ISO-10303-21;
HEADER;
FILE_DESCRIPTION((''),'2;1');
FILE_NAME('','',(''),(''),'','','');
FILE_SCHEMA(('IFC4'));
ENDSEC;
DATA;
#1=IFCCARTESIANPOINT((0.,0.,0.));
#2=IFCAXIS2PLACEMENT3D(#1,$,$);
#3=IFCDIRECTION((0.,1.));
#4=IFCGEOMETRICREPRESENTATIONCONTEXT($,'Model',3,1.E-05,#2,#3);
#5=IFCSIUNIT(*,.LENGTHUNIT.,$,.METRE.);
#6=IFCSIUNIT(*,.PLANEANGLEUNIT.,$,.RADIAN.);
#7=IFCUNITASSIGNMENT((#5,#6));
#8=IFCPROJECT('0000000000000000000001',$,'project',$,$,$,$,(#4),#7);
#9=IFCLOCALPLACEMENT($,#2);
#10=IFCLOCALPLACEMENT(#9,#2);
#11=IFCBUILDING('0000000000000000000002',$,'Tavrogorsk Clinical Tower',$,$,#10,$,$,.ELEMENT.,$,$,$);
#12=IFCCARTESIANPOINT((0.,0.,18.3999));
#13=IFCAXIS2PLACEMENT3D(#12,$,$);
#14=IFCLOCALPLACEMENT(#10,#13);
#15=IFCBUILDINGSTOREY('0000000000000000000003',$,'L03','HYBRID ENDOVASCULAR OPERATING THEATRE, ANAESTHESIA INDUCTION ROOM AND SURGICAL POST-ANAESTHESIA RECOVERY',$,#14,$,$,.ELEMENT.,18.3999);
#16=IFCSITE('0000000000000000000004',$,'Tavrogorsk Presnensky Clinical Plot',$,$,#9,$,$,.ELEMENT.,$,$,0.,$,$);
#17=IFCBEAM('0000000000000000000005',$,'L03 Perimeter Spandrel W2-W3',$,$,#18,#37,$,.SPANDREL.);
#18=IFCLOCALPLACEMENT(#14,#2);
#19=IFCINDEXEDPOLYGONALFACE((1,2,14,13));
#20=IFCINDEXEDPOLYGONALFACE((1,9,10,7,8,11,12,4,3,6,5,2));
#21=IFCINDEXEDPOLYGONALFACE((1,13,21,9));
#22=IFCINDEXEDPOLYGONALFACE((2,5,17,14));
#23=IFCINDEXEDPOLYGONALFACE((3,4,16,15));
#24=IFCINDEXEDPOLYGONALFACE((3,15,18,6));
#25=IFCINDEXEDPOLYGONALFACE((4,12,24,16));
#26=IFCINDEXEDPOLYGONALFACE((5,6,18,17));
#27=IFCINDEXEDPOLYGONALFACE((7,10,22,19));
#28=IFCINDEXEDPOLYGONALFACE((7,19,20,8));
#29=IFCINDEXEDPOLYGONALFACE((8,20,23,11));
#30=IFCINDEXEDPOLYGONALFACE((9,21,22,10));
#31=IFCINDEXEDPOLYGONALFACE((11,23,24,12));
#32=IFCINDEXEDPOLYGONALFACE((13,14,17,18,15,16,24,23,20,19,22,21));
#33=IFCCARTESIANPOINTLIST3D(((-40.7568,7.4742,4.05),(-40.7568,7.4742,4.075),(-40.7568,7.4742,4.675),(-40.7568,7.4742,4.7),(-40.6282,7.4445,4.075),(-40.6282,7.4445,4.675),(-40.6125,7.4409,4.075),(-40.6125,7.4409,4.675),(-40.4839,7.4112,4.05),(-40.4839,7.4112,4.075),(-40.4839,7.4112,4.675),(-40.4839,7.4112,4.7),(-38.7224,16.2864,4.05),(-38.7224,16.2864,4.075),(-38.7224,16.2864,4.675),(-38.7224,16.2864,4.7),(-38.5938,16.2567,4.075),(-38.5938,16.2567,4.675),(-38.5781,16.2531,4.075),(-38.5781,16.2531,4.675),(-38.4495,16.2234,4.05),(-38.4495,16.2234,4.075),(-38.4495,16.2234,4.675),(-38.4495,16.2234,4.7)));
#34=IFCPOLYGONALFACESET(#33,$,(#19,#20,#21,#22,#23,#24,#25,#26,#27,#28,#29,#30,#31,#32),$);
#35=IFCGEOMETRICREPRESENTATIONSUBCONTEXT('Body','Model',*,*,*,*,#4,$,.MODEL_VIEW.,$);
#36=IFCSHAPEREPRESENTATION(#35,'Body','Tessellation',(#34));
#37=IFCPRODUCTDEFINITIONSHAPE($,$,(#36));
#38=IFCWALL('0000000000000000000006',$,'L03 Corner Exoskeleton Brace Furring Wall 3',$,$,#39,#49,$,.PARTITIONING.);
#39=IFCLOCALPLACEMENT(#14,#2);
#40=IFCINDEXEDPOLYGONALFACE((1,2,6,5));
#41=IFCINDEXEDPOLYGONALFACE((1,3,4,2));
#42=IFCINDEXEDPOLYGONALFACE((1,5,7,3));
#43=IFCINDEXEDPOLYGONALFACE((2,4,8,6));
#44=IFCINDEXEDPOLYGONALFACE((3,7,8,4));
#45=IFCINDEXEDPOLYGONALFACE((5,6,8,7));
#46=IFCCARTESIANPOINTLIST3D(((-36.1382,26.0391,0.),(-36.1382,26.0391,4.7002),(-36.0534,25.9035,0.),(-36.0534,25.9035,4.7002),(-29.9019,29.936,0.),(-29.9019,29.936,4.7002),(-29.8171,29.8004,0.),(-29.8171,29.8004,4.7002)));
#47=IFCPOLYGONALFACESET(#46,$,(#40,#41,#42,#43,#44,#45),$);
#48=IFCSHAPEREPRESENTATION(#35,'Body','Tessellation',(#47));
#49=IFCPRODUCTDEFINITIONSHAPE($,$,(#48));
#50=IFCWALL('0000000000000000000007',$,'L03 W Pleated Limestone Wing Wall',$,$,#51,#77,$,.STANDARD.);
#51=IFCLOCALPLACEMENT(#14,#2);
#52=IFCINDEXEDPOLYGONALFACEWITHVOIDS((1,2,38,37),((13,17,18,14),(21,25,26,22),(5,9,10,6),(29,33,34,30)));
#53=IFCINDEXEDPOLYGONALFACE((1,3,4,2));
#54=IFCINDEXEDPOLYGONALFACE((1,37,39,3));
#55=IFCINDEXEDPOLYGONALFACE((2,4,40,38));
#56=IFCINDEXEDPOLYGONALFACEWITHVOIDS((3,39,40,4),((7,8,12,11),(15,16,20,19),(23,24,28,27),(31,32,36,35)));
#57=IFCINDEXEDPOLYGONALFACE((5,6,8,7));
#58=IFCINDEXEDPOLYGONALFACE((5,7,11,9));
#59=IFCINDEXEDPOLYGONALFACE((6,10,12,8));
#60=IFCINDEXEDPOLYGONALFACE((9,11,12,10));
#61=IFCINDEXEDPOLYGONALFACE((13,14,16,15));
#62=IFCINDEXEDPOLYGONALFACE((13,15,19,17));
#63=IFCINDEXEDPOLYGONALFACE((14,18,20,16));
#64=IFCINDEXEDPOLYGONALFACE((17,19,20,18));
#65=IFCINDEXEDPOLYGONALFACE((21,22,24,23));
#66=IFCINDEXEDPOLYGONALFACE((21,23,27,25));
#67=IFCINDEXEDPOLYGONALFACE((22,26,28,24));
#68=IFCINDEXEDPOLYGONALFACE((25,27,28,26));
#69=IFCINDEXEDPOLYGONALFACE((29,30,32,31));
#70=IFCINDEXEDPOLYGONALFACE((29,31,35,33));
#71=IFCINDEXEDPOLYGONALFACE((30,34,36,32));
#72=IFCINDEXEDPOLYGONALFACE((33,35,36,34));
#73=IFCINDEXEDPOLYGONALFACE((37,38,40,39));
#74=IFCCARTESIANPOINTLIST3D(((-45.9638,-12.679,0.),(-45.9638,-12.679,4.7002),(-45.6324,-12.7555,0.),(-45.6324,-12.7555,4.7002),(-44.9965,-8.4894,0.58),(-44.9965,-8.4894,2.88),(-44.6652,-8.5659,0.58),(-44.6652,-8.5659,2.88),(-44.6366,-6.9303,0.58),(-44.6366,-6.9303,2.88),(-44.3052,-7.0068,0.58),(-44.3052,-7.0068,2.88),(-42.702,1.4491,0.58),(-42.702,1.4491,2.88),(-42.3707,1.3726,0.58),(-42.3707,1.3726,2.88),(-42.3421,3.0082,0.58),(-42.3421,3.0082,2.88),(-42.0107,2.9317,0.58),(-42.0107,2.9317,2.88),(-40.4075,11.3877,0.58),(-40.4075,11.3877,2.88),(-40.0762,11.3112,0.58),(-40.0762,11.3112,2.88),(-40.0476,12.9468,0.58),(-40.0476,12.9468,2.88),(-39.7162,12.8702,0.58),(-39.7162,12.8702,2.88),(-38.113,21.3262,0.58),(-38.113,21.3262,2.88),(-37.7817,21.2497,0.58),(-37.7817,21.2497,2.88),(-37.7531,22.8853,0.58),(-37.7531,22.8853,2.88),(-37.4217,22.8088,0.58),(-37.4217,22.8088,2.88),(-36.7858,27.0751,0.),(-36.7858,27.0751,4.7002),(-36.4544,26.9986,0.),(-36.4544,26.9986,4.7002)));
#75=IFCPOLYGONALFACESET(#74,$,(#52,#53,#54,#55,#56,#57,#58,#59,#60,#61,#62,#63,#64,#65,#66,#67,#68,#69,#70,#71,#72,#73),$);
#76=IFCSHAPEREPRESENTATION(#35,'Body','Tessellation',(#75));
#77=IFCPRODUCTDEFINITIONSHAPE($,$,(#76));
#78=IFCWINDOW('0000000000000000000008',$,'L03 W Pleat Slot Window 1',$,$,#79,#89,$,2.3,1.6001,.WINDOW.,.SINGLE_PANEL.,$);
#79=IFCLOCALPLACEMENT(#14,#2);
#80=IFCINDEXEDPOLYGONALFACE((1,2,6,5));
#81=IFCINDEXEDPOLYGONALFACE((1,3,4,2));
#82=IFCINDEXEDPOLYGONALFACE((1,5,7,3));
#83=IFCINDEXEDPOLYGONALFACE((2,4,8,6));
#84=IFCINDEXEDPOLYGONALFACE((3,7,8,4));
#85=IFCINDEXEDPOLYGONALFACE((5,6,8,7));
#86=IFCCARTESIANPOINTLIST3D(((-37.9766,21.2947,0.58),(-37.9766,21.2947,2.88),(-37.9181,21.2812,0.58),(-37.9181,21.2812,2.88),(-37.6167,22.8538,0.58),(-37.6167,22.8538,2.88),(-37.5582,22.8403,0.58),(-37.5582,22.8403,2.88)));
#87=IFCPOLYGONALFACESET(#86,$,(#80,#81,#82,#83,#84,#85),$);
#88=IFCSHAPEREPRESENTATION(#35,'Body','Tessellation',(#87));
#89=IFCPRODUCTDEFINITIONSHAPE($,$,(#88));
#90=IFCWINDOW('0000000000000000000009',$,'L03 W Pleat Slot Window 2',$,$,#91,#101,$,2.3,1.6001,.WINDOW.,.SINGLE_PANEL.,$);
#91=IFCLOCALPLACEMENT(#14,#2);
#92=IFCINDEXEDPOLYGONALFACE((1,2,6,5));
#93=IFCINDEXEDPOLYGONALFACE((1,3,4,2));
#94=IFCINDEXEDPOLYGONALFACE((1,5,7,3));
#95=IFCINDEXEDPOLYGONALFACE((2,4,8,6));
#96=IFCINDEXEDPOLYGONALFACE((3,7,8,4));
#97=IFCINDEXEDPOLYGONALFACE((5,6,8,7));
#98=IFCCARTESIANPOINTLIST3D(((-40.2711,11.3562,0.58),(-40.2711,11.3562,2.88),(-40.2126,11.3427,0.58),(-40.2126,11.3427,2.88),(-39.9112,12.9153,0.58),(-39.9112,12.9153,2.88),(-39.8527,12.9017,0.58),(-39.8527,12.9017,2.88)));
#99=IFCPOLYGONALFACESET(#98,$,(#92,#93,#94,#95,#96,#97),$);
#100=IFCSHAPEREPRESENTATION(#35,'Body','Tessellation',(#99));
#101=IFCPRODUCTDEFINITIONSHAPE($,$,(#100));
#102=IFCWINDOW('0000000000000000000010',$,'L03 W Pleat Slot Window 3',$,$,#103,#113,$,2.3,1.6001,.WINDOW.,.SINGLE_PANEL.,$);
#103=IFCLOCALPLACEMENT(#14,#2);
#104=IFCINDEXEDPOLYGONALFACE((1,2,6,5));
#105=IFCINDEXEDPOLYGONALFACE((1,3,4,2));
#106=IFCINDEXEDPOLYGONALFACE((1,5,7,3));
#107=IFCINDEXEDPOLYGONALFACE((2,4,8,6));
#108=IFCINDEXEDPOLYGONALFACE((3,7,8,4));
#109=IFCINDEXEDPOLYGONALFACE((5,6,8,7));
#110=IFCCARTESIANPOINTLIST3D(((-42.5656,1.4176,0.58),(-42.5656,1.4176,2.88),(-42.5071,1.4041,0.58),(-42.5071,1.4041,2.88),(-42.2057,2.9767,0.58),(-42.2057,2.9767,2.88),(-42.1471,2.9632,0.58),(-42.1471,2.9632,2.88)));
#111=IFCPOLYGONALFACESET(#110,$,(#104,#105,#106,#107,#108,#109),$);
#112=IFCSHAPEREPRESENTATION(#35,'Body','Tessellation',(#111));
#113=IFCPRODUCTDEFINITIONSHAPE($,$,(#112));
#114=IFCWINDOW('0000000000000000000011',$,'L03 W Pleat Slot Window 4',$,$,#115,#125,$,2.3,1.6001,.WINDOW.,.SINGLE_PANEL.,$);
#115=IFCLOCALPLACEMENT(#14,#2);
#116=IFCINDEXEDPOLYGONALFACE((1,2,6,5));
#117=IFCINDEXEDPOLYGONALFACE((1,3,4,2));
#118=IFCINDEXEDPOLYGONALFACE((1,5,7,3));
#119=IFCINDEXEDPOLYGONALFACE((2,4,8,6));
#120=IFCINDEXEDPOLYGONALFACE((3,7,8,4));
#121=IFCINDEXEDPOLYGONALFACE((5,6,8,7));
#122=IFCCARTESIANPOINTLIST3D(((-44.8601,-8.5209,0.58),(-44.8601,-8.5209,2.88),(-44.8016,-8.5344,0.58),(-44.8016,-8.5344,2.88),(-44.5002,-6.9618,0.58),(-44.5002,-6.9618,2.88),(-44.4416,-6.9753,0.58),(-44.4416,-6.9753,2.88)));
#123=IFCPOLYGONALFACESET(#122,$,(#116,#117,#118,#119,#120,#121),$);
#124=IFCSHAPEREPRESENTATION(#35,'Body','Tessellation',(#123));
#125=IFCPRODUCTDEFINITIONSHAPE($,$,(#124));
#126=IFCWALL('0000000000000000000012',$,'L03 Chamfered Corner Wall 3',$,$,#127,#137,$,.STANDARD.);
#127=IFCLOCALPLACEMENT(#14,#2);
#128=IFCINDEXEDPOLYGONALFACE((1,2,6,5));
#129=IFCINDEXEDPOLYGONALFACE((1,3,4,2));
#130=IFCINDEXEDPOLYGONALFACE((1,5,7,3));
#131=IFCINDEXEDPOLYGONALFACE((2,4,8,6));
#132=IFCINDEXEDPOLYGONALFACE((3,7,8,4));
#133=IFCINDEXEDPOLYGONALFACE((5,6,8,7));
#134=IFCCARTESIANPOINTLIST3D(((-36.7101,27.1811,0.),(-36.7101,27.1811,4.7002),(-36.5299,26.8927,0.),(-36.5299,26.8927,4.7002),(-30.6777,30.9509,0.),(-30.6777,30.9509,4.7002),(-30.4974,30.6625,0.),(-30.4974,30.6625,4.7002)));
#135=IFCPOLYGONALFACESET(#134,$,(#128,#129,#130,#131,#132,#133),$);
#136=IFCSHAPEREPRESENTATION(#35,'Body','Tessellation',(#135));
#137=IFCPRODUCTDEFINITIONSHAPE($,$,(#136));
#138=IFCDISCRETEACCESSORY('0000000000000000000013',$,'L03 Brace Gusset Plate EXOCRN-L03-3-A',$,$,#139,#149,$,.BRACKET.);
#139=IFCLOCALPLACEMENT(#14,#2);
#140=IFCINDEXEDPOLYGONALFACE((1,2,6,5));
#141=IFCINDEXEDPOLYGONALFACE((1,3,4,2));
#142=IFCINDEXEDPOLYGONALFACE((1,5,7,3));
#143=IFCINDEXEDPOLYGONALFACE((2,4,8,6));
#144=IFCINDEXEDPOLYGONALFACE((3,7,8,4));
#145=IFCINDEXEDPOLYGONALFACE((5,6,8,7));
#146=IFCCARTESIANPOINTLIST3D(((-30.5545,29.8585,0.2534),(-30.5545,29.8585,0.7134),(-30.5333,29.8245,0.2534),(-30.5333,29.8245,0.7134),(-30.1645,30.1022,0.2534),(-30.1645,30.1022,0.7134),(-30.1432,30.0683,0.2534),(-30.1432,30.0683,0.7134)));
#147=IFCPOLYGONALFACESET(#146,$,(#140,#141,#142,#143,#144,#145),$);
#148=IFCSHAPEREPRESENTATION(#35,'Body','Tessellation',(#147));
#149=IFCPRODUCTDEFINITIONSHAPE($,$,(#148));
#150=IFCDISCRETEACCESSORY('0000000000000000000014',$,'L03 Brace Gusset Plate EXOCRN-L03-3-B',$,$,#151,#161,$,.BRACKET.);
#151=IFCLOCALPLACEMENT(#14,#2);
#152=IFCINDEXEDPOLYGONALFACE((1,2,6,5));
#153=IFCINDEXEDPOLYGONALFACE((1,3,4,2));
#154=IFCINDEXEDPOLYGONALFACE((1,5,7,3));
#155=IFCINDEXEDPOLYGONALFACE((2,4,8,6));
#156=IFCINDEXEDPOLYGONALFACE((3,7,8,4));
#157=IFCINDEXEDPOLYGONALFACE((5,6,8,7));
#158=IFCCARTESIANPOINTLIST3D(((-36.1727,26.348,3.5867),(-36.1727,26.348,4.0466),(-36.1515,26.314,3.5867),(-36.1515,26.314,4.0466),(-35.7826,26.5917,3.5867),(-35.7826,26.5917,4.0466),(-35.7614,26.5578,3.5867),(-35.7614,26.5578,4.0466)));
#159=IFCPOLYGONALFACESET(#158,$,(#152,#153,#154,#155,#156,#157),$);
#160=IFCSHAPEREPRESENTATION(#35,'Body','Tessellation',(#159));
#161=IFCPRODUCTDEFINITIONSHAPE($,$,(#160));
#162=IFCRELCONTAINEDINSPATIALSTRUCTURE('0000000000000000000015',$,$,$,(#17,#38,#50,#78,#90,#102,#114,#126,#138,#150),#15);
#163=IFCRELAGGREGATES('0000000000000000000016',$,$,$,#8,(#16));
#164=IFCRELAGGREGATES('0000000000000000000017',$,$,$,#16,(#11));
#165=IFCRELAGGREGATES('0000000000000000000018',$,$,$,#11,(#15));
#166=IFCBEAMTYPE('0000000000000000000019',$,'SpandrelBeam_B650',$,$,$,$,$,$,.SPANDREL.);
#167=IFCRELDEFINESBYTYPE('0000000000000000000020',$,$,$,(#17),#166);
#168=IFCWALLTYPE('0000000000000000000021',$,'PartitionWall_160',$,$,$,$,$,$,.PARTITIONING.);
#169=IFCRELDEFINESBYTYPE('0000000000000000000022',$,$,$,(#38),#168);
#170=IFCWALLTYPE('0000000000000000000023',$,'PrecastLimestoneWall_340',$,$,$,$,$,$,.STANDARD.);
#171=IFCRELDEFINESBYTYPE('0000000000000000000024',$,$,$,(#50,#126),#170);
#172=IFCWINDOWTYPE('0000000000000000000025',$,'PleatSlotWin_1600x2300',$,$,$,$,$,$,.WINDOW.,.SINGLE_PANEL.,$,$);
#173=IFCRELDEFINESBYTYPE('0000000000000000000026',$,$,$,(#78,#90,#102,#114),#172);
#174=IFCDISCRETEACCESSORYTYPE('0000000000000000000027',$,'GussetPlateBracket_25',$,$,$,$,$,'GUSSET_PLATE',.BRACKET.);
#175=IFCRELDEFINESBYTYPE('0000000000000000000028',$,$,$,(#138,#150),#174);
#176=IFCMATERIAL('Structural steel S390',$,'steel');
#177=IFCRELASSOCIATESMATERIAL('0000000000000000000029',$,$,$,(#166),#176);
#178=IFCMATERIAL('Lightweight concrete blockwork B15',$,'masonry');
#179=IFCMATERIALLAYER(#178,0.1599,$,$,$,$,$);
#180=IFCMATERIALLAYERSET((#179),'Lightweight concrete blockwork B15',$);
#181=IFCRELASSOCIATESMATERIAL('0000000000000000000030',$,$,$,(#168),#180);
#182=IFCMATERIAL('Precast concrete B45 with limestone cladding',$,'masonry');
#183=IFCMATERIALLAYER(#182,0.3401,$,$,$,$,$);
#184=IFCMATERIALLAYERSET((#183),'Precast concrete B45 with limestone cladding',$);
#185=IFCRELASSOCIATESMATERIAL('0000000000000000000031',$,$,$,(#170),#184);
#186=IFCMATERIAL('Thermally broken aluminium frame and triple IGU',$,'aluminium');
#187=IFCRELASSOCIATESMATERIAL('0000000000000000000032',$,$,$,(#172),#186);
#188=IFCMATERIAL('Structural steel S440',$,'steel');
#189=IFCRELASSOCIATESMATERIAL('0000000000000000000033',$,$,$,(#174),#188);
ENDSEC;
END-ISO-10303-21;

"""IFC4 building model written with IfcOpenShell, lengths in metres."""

from ifc_helpers import new_model, si_unit, direction, frame, frame_2d, origin, origin_2d, place, context, subcontext, project, spatial, rectangle, i_section, extrude, material, layer, layer_set, material_profile, profile_set, type_object, element, fill, save


model = new_model("IFC4")

# Units and contexts
model_context = context("Model", 3, precision=1e-05, world=origin(), true_north=direction((0.0, 1.0)))
body_context = subcontext(model_context, "Body", "Model", "MODEL_VIEW")
ifc_project = project(units=[si_unit("LENGTHUNIT", "METRE"), si_unit("PLANEANGLEUNIT", "RADIAN")], contexts=[model_context])

# Site, building, storey
site_placement = place(None, origin())
site = spatial("IfcSite", under=ifc_project, at=site_placement, Name="Tavrogorsk Presnensky Clinical Plot", CompositionType="ELEMENT", RefElevation=0.0)
building_placement = place(site_placement, origin())
building = spatial("IfcBuilding", under=site, at=building_placement, Name="Tavrogorsk Clinical Tower", CompositionType="ELEMENT")
storey_placement = place(building_placement, frame((0.0, 0.0, 18.3999)))
storey = spatial("IfcBuildingStorey", under=building, at=storey_placement, Name="L03", Description="HYBRID ENDOVASCULAR OPERATING THEATRE, ANAESTHESIA INDUCTION ROOM AND SURGICAL POST-ANAESTHESIA RECOVERY", CompositionType="ELEMENT", Elevation=18.3999)

# Beam
ifc_material_1 = material(Name="Structural steel S390", Category="steel")
ifc_material_profile_1 = material_profile(ifc_material_1, i_section(OverallWidth=0.28, OverallDepth=0.6499, WebThickness=0.0161, FlangeThickness=0.0249, at=origin_2d()), Name="B-650x280x16x25")
ifc_profile_set_1 = profile_set([ifc_material_profile_1], Name="Structural steel S390")
beam_type_1 = type_object("IfcBeamType", Name="SpandrelBeam_B650", PredefinedType="SPANDREL", material=ifc_profile_set_1)
beam_1_placement = place(storey_placement, frame((-38.5859, 16.2549, 4.375), z_axis=(-0.224946, -0.974371, 0.0), x_axis=(0.974371, -0.224946, 0.0)))
element("IfcBeam", 1, at=beam_1_placement, inside=storey, type_object=beam_type_1, Name="L03 Perimeter Spandrel W2-W3", PredefinedType="SPANDREL", context=body_context, shape_type="SweptSolid", body=[
    extrude(i_section(OverallWidth=0.28, OverallDepth=0.6499, WebThickness=0.0161, FlangeThickness=0.0249, at=origin_2d()), origin(), (0.0, 0.0, 1.0), 9.0439),
])

# Wall
ifc_material_2 = material(Name="Lightweight concrete blockwork B15", Category="masonry")
ifc_layer_1 = layer(ifc_material_2, 0.1599)
ifc_layer_set_1 = layer_set([ifc_layer_1], Name="Lightweight concrete blockwork B15")
wall_type_1 = type_object("IfcWallType", Name="PartitionWall_160", PredefinedType="PARTITIONING", material=ifc_layer_set_1)
wall_1_placement = place(storey_placement, frame((-29.8596, 29.8682, 0.0), z_axis=(0.0, 0.0, 1.0), x_axis=(-0.848043, -0.529927, 0.0)))
element("IfcWall", 2, at=wall_1_placement, inside=storey, type_object=wall_type_1, Name="L03 Corner Exoskeleton Brace Furring Wall 3", PredefinedType="PARTITIONING", context=body_context, shape_type="SweptSolid", body=[
    extrude(rectangle(XDim=7.3538, YDim=0.1599, at=frame_2d((3.6768, 0.0))), origin(), (0.0, 0.0, 1.0), 4.7002),
])

# Wall, openings, windows
ifc_material_3 = material(Name="Precast concrete B45 with limestone cladding", Category="masonry")
ifc_layer_2 = layer(ifc_material_3, 0.3401)
ifc_layer_set_2 = layer_set([ifc_layer_2], Name="Precast concrete B45 with limestone cladding")
wall_type_2 = type_object("IfcWallType", Name="PrecastLimestoneWall_340", PredefinedType="STANDARD", material=ifc_layer_set_2)
wall_2_placement = place(storey_placement, frame((-36.6201, 27.0369, 0.0), z_axis=(0.0, 0.0, 1.0), x_axis=(-0.224951, -0.97437, 0.0)))
wall_2 = element("IfcWall", 3, at=wall_2_placement, inside=storey, type_object=wall_type_2, Name="L03 W Pleated Limestone Wing Wall", PredefinedType="STANDARD", context=body_context, shape_type="SweptSolid", body=[
    extrude(rectangle(XDim=40.7998, YDim=0.3401, at=frame_2d((20.3999, 0.0))), origin(), (0.0, 0.0, 1.0), 4.7002),
])
opening_1_placement = place(wall_2_placement, frame((4.3, 0.0, 0.5801)))
opening_1 = element("IfcOpeningElement", 4, at=opening_1_placement, cuts=wall_2, PredefinedType="OPENING", context=body_context, shape_type="SweptSolid", body=[
    extrude(rectangle(XDim=1.6001, YDim=2.3, at=frame_2d((0.8, 1.1499))), frame((0.0, 0.1799, 0.0), z_axis=(0.0, -1.0, 0.0), x_axis=(1.0, 0.0, 0.0)), (0.0, 0.0, 1.0), 0.3601),
])
opening_2_placement = place(wall_2_placement, frame((14.5, 0.0, 0.5801)))
opening_2 = element("IfcOpeningElement", 5, at=opening_2_placement, cuts=wall_2, PredefinedType="OPENING", context=body_context, shape_type="SweptSolid", body=[
    extrude(rectangle(XDim=1.6001, YDim=2.3, at=frame_2d((0.8, 1.1499))), frame((0.0, 0.1799, 0.0), z_axis=(0.0, -1.0, 0.0), x_axis=(1.0, 0.0, 0.0)), (0.0, 0.0, 1.0), 0.3601),
])
opening_3_placement = place(wall_2_placement, frame((24.7, 0.0, 0.5801)))
opening_3 = element("IfcOpeningElement", 6, at=opening_3_placement, cuts=wall_2, PredefinedType="OPENING", context=body_context, shape_type="SweptSolid", body=[
    extrude(rectangle(XDim=1.6001, YDim=2.3, at=frame_2d((0.8, 1.1499))), frame((0.0, 0.1799, 0.0), z_axis=(0.0, -1.0, 0.0), x_axis=(1.0, 0.0, 0.0)), (0.0, 0.0, 1.0), 0.3601),
])
opening_4_placement = place(wall_2_placement, frame((34.8999, 0.0, 0.5801)))
opening_4 = element("IfcOpeningElement", 7, at=opening_4_placement, cuts=wall_2, PredefinedType="OPENING", context=body_context, shape_type="SweptSolid", body=[
    extrude(rectangle(XDim=1.6001, YDim=2.3, at=frame_2d((0.8, 1.1499))), frame((0.0, 0.1799, 0.0), z_axis=(0.0, -1.0, 0.0), x_axis=(1.0, 0.0, 0.0)), (0.0, 0.0, 1.0), 0.3601),
])
ifc_material_4 = material(Name="Thermally broken aluminium frame and triple IGU", Category="aluminium")
window_type = type_object("IfcWindowType", Name="PleatSlotWin_1600x2300", PartitioningType="SINGLE_PANEL", PredefinedType="WINDOW", material=ifc_material_4)
window_1_placement = place(opening_1_placement, origin())
window_1 = element("IfcWindow", 8, at=window_1_placement, inside=storey, type_object=window_type, Name="L03 W Pleat Slot Window 1", OverallHeight=2.3, OverallWidth=1.6001, PartitioningType="SINGLE_PANEL", PredefinedType="WINDOW", context=body_context, shape_type="SweptSolid", body=[
    extrude(rectangle(XDim=1.6001, YDim=2.3, at=frame_2d((0.8, 1.1499))), frame((0.0, 0.03, 0.0), z_axis=(0.0, -1.0, 0.0), x_axis=(1.0, 0.0, 0.0)), (0.0, 0.0, 1.0), 0.0601),
])
fill(opening_1, window_1)
window_2_placement = place(opening_2_placement, origin())
window_2 = element("IfcWindow", 9, at=window_2_placement, inside=storey, type_object=window_type, Name="L03 W Pleat Slot Window 2", OverallHeight=2.3, OverallWidth=1.6001, PartitioningType="SINGLE_PANEL", PredefinedType="WINDOW", context=body_context, shape_type="SweptSolid", body=[
    extrude(rectangle(XDim=1.6001, YDim=2.3, at=frame_2d((0.8, 1.1499))), frame((0.0, 0.03, 0.0), z_axis=(0.0, -1.0, 0.0), x_axis=(1.0, 0.0, 0.0)), (0.0, 0.0, 1.0), 0.0601),
])
fill(opening_2, window_2)
window_3_placement = place(opening_3_placement, origin())
window_3 = element("IfcWindow", 10, at=window_3_placement, inside=storey, type_object=window_type, Name="L03 W Pleat Slot Window 3", OverallHeight=2.3, OverallWidth=1.6001, PartitioningType="SINGLE_PANEL", PredefinedType="WINDOW", context=body_context, shape_type="SweptSolid", body=[
    extrude(rectangle(XDim=1.6001, YDim=2.3, at=frame_2d((0.8, 1.1499))), frame((0.0, 0.03, 0.0), z_axis=(0.0, -1.0, 0.0), x_axis=(1.0, 0.0, 0.0)), (0.0, 0.0, 1.0), 0.0601),
])
fill(opening_3, window_3)
window_4_placement = place(opening_4_placement, origin())
window_4 = element("IfcWindow", 11, at=window_4_placement, inside=storey, type_object=window_type, Name="L03 W Pleat Slot Window 4", OverallHeight=2.3, OverallWidth=1.6001, PartitioningType="SINGLE_PANEL", PredefinedType="WINDOW", context=body_context, shape_type="SweptSolid", body=[
    extrude(rectangle(XDim=1.6001, YDim=2.3, at=frame_2d((0.8, 1.1499))), frame((0.0, 0.03, 0.0), z_axis=(0.0, -1.0, 0.0), x_axis=(1.0, 0.0, 0.0)), (0.0, 0.0, 1.0), 0.0601),
])
fill(opening_4, window_4)

# Wall
wall_3_placement = place(storey_placement, frame((-30.5876, 30.8066, 0.0), z_axis=(0.0, 0.0, 1.0), x_axis=(-0.848031, -0.529946, 0.0)))
element("IfcWall", 12, at=wall_3_placement, inside=storey, type_object=wall_type_2, Name="L03 Chamfered Corner Wall 3", PredefinedType="STANDARD", context=body_context, shape_type="SweptSolid", body=[
    extrude(rectangle(XDim=7.1135, YDim=0.3401, at=frame_2d((3.5566, 0.0))), origin(), (0.0, 0.0, 1.0), 4.7002),
])

# Discrete accessories
ifc_material_5 = material(Name="Structural steel S440", Category="steel")
discrete_accessory_type = type_object("IfcDiscreteAccessoryType", Name="GussetPlateBracket_25", ElementType="GUSSET_PLATE", PredefinedType="BRACKET", material=ifc_material_5)
for number, where, z_axis, x_axis, name in (
    (13, (-30.3489, 29.9634, 0.2534), (0.0, 0.0, 1.0), (-0.848048, -0.529919, 0.0), "L03 Brace Gusset Plate EXOCRN-L03-3-A"),
    (14, (-35.967, 26.4529, 3.5867), (0.0, 0.0, 1.0), (-0.848048, -0.529919, 0.0), "L03 Brace Gusset Plate EXOCRN-L03-3-B"),
):
    element("IfcDiscreteAccessory", number, at=place(storey_placement, frame(where, z_axis=z_axis, x_axis=x_axis)), inside=storey, type_object=discrete_accessory_type, Name=name, PredefinedType="BRACKET", context=body_context, shape_type="SweptSolid", body=[
        extrude(rectangle(XDim=0.46, YDim=0.04, at=origin_2d()), origin(), (0.0, 0.0, 1.0), 0.46),
    ])

save(model, "model.ifc")
